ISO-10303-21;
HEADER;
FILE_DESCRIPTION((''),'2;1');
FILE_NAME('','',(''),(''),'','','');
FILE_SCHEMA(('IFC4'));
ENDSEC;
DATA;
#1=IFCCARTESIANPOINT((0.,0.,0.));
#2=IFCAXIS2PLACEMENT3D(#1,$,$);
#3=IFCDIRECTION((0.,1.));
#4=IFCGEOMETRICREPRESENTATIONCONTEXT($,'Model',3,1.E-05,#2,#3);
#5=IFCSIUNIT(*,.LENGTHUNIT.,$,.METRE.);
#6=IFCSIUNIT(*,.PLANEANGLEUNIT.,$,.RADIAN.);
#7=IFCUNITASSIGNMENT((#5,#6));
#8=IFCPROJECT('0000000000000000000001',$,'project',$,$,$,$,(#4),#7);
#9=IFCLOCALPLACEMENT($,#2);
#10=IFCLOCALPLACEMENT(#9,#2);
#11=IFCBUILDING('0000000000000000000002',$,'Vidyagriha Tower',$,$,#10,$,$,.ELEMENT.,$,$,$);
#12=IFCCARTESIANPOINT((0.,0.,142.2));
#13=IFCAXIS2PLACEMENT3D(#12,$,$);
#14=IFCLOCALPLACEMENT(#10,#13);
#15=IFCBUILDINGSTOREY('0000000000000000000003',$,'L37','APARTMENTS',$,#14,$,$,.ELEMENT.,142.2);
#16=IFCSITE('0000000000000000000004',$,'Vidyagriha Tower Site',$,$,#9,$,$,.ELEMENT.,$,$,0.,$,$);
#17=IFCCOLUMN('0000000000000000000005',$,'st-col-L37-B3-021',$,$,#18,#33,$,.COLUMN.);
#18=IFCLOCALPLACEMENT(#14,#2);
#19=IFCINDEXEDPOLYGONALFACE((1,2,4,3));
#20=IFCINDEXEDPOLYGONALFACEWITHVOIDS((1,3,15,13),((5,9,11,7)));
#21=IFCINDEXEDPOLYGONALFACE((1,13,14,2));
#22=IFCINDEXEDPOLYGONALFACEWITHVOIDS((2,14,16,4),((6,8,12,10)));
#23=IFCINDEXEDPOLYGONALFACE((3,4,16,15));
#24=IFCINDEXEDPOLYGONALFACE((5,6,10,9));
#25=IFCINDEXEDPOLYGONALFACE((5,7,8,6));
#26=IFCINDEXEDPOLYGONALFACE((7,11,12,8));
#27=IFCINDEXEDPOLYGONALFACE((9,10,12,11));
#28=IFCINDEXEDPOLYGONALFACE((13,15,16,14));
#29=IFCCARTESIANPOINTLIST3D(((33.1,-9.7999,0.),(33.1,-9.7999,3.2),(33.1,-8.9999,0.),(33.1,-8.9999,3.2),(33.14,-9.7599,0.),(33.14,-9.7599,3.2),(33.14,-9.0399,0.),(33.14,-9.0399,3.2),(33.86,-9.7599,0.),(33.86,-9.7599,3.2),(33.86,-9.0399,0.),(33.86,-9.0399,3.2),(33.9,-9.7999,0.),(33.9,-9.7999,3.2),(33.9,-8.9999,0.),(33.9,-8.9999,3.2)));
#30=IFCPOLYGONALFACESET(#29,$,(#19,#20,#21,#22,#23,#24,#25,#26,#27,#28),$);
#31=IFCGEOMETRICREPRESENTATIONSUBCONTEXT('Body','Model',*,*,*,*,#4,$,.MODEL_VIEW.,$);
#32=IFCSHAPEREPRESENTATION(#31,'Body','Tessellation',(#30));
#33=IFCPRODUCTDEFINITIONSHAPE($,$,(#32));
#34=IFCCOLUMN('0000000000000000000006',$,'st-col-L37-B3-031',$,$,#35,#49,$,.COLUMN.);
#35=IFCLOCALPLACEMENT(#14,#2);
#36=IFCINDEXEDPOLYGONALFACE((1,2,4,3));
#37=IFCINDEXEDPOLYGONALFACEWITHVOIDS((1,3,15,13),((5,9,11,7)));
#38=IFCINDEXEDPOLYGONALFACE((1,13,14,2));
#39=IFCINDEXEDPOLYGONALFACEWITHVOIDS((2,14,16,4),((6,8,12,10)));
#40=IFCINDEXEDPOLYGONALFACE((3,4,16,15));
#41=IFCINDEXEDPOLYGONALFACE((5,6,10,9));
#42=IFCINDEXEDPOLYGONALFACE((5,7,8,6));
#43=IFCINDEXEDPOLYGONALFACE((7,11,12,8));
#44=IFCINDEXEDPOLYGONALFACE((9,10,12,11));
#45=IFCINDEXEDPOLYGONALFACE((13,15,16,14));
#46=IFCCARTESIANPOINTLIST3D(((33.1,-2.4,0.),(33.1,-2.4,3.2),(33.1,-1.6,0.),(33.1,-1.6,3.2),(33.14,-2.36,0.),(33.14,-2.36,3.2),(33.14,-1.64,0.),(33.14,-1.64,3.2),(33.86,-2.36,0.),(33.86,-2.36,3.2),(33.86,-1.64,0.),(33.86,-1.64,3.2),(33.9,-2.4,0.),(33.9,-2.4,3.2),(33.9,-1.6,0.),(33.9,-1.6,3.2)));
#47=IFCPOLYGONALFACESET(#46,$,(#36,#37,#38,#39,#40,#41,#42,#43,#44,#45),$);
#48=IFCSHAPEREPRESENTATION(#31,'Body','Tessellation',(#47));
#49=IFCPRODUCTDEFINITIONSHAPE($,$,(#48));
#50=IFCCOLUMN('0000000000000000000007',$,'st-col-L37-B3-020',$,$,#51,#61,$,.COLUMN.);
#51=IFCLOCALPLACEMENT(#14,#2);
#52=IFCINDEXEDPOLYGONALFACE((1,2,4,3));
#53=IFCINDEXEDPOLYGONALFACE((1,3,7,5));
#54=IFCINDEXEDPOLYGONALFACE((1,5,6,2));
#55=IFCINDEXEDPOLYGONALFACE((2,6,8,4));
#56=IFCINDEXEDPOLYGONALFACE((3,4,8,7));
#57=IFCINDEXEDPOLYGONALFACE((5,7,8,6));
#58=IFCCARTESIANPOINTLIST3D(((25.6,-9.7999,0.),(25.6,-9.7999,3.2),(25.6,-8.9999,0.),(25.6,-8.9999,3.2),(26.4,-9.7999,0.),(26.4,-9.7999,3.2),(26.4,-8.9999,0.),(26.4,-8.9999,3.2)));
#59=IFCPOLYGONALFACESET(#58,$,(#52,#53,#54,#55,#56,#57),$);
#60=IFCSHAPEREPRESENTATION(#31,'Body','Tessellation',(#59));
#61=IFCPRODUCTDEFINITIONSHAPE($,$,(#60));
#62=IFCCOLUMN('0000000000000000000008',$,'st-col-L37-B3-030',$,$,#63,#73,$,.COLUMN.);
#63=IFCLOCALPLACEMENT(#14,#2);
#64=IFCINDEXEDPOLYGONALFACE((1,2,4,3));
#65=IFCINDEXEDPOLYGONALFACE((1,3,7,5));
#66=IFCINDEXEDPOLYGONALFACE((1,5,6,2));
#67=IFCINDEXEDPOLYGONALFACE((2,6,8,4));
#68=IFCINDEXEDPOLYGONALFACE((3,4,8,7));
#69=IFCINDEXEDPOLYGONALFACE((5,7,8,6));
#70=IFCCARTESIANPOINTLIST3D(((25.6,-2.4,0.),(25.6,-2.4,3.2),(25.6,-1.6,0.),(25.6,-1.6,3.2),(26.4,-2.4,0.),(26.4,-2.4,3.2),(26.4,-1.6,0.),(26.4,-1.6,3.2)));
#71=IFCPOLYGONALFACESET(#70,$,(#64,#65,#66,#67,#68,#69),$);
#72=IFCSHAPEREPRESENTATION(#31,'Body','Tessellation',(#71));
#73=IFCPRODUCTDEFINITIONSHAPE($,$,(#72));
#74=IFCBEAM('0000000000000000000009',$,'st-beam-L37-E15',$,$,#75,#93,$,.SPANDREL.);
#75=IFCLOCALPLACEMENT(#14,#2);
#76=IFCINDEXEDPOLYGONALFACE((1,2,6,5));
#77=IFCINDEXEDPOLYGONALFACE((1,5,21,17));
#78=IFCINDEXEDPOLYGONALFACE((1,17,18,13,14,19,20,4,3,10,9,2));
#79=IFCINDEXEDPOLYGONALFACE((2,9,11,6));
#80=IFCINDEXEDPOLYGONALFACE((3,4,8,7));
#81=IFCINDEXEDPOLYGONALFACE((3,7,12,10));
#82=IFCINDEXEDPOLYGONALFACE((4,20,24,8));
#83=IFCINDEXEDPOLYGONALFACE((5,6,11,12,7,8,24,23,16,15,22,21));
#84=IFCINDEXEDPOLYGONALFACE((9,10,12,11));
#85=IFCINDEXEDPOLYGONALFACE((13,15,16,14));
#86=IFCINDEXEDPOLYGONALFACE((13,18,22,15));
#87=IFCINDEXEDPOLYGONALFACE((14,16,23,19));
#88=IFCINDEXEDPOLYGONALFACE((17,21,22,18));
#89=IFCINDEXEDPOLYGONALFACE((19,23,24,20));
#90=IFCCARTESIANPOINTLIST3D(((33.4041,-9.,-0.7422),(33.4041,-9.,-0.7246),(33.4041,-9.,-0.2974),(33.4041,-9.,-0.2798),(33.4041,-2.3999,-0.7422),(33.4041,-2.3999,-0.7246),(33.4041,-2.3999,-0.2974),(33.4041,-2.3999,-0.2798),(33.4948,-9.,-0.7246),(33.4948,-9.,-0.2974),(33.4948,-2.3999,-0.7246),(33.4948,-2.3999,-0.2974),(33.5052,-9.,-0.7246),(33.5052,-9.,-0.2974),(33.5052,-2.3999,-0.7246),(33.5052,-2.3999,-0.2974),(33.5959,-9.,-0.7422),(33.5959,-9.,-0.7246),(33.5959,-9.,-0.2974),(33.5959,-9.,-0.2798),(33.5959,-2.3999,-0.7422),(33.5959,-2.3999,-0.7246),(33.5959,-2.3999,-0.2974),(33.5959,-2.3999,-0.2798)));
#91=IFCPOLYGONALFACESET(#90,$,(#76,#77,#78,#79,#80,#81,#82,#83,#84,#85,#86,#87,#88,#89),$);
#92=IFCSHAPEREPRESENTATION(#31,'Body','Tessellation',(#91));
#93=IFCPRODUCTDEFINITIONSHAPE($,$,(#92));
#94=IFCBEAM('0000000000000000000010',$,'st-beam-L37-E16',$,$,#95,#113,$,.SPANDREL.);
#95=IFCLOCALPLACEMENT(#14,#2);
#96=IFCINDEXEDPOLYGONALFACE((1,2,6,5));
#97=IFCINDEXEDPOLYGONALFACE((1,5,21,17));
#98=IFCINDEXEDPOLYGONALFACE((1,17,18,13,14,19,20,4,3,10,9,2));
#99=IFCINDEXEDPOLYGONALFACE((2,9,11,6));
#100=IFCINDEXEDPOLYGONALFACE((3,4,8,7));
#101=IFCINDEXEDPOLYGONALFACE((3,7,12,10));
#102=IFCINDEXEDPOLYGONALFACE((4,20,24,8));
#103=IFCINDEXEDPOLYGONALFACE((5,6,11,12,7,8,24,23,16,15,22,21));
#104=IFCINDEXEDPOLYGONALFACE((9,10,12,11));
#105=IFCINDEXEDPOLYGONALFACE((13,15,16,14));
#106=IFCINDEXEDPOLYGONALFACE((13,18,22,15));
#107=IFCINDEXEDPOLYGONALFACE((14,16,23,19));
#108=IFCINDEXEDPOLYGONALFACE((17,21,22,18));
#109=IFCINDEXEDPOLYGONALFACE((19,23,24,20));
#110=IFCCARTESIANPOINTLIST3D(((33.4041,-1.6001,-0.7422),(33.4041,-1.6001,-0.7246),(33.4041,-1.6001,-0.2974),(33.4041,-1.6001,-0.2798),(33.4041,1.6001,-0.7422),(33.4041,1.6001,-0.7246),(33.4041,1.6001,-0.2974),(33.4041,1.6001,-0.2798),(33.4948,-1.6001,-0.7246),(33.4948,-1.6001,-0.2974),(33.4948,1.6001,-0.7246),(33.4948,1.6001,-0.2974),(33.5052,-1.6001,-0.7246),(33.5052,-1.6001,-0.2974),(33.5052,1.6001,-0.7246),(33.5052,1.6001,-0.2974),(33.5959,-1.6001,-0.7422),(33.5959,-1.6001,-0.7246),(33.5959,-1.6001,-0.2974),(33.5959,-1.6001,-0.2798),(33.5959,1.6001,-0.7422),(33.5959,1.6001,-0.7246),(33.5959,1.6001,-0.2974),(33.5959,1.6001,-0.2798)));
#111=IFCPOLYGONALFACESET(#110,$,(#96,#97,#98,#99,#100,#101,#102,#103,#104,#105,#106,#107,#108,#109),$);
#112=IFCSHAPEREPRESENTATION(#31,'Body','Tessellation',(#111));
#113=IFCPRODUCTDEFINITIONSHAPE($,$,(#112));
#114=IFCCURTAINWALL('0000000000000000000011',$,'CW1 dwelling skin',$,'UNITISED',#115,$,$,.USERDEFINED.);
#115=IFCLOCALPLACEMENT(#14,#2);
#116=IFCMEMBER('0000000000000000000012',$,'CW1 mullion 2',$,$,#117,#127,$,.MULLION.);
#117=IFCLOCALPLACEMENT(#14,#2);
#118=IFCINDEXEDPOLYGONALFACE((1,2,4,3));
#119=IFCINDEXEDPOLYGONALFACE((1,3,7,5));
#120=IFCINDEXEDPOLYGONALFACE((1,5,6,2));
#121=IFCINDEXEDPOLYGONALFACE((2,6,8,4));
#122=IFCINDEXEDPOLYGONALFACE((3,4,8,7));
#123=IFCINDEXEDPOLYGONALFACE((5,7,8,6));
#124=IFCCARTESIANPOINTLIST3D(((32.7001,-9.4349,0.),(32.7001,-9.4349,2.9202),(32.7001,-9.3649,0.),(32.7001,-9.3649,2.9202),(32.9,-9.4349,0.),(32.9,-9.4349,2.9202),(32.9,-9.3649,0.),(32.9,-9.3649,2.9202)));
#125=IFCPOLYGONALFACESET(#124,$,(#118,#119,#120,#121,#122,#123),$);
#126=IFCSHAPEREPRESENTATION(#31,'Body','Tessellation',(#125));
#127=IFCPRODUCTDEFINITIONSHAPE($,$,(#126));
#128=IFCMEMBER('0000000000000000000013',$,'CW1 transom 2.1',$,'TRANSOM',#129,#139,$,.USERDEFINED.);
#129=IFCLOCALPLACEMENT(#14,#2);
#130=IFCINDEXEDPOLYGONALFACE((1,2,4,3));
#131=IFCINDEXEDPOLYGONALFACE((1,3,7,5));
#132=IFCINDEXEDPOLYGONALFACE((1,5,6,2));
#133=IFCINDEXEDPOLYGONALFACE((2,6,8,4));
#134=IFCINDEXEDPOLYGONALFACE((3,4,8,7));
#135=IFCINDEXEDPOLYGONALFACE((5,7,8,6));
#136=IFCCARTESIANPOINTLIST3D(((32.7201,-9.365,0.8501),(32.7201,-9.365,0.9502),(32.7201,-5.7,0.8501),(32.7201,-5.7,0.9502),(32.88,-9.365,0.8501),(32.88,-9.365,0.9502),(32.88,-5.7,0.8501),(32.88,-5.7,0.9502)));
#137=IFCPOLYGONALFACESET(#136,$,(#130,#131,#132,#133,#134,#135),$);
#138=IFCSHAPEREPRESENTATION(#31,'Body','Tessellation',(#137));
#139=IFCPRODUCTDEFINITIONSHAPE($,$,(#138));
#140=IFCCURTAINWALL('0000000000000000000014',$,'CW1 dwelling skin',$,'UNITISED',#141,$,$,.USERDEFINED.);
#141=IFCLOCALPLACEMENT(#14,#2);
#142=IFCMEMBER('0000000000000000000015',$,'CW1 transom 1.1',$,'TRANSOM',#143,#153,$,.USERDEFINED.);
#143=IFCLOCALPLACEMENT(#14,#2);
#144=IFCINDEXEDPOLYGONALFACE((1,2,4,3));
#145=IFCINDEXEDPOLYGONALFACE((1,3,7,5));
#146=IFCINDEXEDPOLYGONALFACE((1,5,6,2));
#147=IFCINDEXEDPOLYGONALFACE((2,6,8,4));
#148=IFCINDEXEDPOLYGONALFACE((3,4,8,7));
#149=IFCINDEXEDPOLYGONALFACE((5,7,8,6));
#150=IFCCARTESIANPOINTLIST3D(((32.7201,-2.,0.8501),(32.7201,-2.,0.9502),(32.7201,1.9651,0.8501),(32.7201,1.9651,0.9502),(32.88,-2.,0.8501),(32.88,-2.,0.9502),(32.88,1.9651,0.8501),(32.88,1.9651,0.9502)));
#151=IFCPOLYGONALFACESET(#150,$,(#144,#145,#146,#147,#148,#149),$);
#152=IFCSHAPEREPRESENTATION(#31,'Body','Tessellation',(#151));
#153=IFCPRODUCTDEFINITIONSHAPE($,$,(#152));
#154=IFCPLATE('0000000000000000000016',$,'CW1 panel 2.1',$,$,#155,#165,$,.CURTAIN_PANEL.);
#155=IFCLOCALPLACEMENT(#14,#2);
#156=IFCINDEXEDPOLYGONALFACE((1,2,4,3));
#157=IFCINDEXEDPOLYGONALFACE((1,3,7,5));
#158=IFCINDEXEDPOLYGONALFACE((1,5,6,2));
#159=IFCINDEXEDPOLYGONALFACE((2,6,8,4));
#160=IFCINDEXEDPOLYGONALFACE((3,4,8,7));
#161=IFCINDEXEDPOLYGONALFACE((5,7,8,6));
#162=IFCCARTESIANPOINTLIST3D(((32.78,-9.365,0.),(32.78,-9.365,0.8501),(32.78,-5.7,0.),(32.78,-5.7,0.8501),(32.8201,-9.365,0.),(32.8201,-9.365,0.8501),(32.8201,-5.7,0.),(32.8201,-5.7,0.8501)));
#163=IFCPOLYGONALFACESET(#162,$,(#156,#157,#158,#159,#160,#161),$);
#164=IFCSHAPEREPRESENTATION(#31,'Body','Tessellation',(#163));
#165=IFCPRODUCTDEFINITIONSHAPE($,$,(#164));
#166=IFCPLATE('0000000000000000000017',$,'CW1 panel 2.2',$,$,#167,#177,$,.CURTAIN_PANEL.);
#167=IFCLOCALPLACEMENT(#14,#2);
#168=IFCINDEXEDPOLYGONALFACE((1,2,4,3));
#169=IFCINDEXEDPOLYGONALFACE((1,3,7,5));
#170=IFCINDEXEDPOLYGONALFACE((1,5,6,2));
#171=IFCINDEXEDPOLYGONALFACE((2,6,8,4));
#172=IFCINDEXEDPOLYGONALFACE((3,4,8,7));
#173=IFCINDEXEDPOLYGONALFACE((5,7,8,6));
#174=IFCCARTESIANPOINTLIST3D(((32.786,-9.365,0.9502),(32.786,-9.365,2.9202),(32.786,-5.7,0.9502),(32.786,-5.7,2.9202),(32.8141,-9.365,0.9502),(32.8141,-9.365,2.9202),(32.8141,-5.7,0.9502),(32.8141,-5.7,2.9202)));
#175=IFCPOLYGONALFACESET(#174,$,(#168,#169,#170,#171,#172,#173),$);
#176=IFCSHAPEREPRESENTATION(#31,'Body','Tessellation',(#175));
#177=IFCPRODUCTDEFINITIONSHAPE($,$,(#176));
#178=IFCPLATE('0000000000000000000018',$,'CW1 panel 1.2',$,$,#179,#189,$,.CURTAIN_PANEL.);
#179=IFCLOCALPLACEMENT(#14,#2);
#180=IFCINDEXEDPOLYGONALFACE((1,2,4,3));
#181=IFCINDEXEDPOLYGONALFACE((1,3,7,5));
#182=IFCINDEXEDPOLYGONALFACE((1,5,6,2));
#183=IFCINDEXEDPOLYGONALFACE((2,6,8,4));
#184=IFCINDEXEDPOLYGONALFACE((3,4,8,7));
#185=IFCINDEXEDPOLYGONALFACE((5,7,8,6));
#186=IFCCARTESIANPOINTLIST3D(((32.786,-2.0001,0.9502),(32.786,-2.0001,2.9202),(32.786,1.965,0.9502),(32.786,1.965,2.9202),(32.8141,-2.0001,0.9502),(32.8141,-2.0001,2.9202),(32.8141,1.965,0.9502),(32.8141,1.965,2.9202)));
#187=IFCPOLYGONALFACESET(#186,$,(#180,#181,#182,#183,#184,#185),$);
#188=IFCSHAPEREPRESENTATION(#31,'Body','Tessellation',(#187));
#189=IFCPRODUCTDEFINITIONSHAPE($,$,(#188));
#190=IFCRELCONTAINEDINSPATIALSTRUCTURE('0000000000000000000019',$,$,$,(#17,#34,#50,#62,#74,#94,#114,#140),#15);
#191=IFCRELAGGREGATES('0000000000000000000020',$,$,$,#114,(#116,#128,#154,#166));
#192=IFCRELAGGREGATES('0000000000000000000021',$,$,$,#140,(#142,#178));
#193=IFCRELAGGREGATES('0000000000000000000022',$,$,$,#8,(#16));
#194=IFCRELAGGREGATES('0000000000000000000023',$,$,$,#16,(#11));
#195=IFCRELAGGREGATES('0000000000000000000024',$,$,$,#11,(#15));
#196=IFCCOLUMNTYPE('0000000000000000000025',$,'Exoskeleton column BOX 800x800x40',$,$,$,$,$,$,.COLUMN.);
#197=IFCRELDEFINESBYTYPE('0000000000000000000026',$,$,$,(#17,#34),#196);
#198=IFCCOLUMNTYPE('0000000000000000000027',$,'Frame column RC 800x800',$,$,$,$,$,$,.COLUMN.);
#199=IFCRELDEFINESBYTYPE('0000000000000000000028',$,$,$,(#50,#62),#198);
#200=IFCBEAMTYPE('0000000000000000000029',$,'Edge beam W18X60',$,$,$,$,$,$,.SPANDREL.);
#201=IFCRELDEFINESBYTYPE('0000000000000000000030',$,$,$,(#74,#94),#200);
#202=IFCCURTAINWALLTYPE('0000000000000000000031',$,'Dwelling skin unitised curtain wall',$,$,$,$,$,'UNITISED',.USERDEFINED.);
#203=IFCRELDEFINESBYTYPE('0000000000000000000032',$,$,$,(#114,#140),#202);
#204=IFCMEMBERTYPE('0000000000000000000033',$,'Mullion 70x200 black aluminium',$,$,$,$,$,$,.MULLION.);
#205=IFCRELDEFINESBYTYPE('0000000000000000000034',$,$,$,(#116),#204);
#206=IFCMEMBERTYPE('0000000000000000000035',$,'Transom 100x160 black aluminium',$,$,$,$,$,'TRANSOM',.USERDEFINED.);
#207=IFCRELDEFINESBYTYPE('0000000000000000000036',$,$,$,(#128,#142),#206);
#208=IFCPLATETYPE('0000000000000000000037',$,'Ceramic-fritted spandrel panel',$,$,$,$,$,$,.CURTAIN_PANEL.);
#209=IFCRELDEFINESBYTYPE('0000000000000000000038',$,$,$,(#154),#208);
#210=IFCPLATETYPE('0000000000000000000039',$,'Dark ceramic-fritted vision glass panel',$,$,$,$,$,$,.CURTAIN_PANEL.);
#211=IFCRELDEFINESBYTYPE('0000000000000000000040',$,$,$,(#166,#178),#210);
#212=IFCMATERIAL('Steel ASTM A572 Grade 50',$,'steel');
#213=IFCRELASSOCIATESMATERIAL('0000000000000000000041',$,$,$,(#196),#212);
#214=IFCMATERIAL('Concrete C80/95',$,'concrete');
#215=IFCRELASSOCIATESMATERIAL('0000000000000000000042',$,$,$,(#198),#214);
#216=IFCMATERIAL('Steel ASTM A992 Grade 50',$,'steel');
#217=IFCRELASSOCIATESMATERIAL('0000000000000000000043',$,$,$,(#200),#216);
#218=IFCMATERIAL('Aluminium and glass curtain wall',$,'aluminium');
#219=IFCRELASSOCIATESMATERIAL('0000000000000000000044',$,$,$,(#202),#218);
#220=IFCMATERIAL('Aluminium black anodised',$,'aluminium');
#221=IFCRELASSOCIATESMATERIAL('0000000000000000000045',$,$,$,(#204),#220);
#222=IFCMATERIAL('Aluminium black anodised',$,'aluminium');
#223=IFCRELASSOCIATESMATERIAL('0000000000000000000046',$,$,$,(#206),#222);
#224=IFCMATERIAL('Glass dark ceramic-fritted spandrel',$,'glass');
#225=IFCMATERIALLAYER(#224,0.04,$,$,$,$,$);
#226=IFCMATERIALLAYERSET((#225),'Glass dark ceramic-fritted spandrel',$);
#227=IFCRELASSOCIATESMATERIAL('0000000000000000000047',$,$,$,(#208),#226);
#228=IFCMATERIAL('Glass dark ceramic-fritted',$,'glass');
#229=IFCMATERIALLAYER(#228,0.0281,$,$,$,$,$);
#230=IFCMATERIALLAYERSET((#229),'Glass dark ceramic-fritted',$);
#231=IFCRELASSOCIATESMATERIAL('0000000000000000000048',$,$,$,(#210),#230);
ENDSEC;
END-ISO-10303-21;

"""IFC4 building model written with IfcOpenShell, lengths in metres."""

from ifc_helpers import new_model, si_unit, direction, frame, origin, origin_2d, place, context, subcontext, project, spatial, rectangle, hollow_rectangle, i_section, extrude, material, layer, layer_set, material_profile, profile_set, type_object, element, aggregate, save


model = new_model("IFC4")

# Units and contexts
model_context = context("Model", 3, precision=1e-05, world=origin(), true_north=direction((0.0, 1.0)))
body_context = subcontext(model_context, "Body", "Model", "MODEL_VIEW")
ifc_project = project(units=[si_unit("LENGTHUNIT", "METRE"), si_unit("PLANEANGLEUNIT", "RADIAN")], contexts=[model_context])

# Site, building, storey
site_placement = place(None, origin())
site = spatial("IfcSite", under=ifc_project, at=site_placement, Name="Vidyagriha Tower Site", CompositionType="ELEMENT", RefElevation=0.0)
building_placement = place(site_placement, origin())
building = spatial("IfcBuilding", under=site, at=building_placement, Name="Vidyagriha Tower", CompositionType="ELEMENT")
storey_placement = place(building_placement, frame((0.0, 0.0, 142.2)))
storey = spatial("IfcBuildingStorey", under=building, at=storey_placement, Name="L37", Description="APARTMENTS", CompositionType="ELEMENT", Elevation=142.2)

# Columns
ifc_material_1 = material(Name="Steel ASTM A572 Grade 50", Category="steel")
ifc_material_profile_1 = material_profile(ifc_material_1, hollow_rectangle(XDim=0.8, YDim=0.8, WallThickness=0.04, at=origin_2d()), Name="BOX 800x800x40")
ifc_profile_set_1 = profile_set([ifc_material_profile_1], Name="Steel ASTM A572 Grade 50")
column_type_1 = type_object("IfcColumnType", Name="Exoskeleton column BOX 800x800x40", PredefinedType="COLUMN", material=ifc_profile_set_1)
for number, where, name in (
    (1, (33.5, -9.3999, 0.0), "st-col-L37-B3-021"),
    (2, (33.5, -2.0, 0.0), "st-col-L37-B3-031"),
):
    element("IfcColumn", number, at=place(storey_placement, frame(where)), inside=storey, type_object=column_type_1, Name=name, PredefinedType="COLUMN", context=body_context, shape_type="SweptSolid", body=[
        extrude(hollow_rectangle(XDim=0.8, YDim=0.8, WallThickness=0.04, at=origin_2d()), origin(), (0.0, 0.0, 1.0), 3.2),
    ])
ifc_material_2 = material(Name="Concrete C80/95", Category="concrete")
ifc_material_profile_2 = material_profile(ifc_material_2, rectangle(XDim=0.8, YDim=0.8, at=origin_2d()), Name="RC 800x800")
ifc_profile_set_2 = profile_set([ifc_material_profile_2], Name="Concrete C80/95")
column_type_2 = type_object("IfcColumnType", Name="Frame column RC 800x800", PredefinedType="COLUMN", material=ifc_profile_set_2)
for number, where, name in (
    (3, (26.0, -9.3999, 0.0), "st-col-L37-B3-020"),
    (4, (26.0, -2.0, 0.0), "st-col-L37-B3-030"),
):
    element("IfcColumn", number, at=place(storey_placement, frame(where)), inside=storey, type_object=column_type_2, Name=name, PredefinedType="COLUMN", context=body_context, shape_type="SweptSolid", body=[
        extrude(rectangle(XDim=0.8, YDim=0.8, at=origin_2d()), origin(), (0.0, 0.0, 1.0), 3.2),
    ])

# Beams
ifc_material_3 = material(Name="Steel ASTM A992 Grade 50", Category="steel")
ifc_material_profile_3 = material_profile(ifc_material_3, i_section(OverallWidth=0.1919, OverallDepth=0.4624, WebThickness=0.0105, FlangeThickness=0.0176, at=origin_2d()), Name="W18X60")
ifc_profile_set_3 = profile_set([ifc_material_profile_3], Name="Steel ASTM A992 Grade 50")
beam_type = type_object("IfcBeamType", Name="Edge beam W18X60", PredefinedType="SPANDREL", material=ifc_profile_set_3)
beam_1_placement = place(storey_placement, frame((33.5, -9.0, -0.511), z_axis=(0.0, 1.0, 0.0), x_axis=(-1.0, 0.0, 0.0)))
element("IfcBeam", 5, at=beam_1_placement, inside=storey, type_object=beam_type, Name="st-beam-L37-E15", PredefinedType="SPANDREL", context=body_context, shape_type="SweptSolid", body=[
    extrude(i_section(OverallWidth=0.1919, OverallDepth=0.4624, WebThickness=0.0105, FlangeThickness=0.0176, at=origin_2d()), origin(), (0.0, 0.0, 1.0), 6.6001),
])
beam_2_placement = place(storey_placement, frame((33.5, -1.6001, -0.511), z_axis=(0.0, 1.0, 0.0), x_axis=(-1.0, 0.0, 0.0)))
element("IfcBeam", 6, at=beam_2_placement, inside=storey, type_object=beam_type, Name="st-beam-L37-E16", PredefinedType="SPANDREL", context=body_context, shape_type="SweptSolid", body=[
    extrude(i_section(OverallWidth=0.1919, OverallDepth=0.4624, WebThickness=0.0105, FlangeThickness=0.0176, at=origin_2d()), origin(), (0.0, 0.0, 1.0), 3.2002),
])

# Curtain wall, members
ifc_material_4 = material(Name="Aluminium and glass curtain wall", Category="aluminium")
curtain_wall_type = type_object("IfcCurtainWallType", Name="Dwelling skin unitised curtain wall", ElementType="UNITISED", PredefinedType="USERDEFINED", material=ifc_material_4)
curtain_wall_1_placement = place(storey_placement, origin())
curtain_wall_1 = element("IfcCurtainWall", 7, at=curtain_wall_1_placement, inside=storey, type_object=curtain_wall_type, Name="CW1 dwelling skin", ObjectType="UNITISED", PredefinedType="USERDEFINED")
ifc_material_5 = material(Name="Aluminium black anodised", Category="aluminium")
ifc_material_profile_4 = material_profile(ifc_material_5, rectangle(XDim=0.2, YDim=0.0701, at=origin_2d()), Name="Mullion 70x200 black aluminium")
ifc_profile_set_4 = profile_set([ifc_material_profile_4], Name="Aluminium black anodised")
member_type_1 = type_object("IfcMemberType", Name="Mullion 70x200 black aluminium", PredefinedType="MULLION", material=ifc_profile_set_4)
member_1_placement = place(storey_placement, frame((32.8, -9.3999, 0.0), z_axis=(0.0, 0.0, 1.0), x_axis=(-1.0, 0.0, 0.0)))
member_1 = element("IfcMember", 8, at=member_1_placement, type_object=member_type_1, Name="CW1 mullion 2", PredefinedType="MULLION", context=body_context, shape_type="SweptSolid", body=[
    extrude(rectangle(XDim=0.2, YDim=0.0701, at=origin_2d()), origin(), (0.0, 0.0, 1.0), 2.9202),
])
ifc_material_6 = material(Name="Aluminium black anodised", Category="aluminium")
ifc_material_profile_5 = material_profile(ifc_material_6, rectangle(XDim=0.1599, YDim=0.1001, at=origin_2d()), Name="Transom 100x160 black aluminium")
ifc_profile_set_5 = profile_set([ifc_material_profile_5], Name="Aluminium black anodised")
member_type_2 = type_object("IfcMemberType", Name="Transom 100x160 black aluminium", ElementType="TRANSOM", PredefinedType="USERDEFINED", material=ifc_profile_set_5)
member_2_placement = place(storey_placement, frame((32.8, -9.365, 0.9001), z_axis=(0.0, 1.0, 0.0), x_axis=(-1.0, 0.0, 0.0)))
member_2 = element("IfcMember", 9, at=member_2_placement, type_object=member_type_2, Name="CW1 transom 2.1", ObjectType="TRANSOM", PredefinedType="USERDEFINED", context=body_context, shape_type="SweptSolid", body=[
    extrude(rectangle(XDim=0.1599, YDim=0.1001, at=origin_2d()), origin(), (0.0, 0.0, 1.0), 3.665),
])

# Curtain wall, member
curtain_wall_2_placement = place(storey_placement, origin())
curtain_wall_2 = element("IfcCurtainWall", 10, at=curtain_wall_2_placement, inside=storey, type_object=curtain_wall_type, Name="CW1 dwelling skin", ObjectType="UNITISED", PredefinedType="USERDEFINED")
member_3_placement = place(storey_placement, frame((32.8, -2.0, 0.9001), z_axis=(0.0, 1.0, 0.0), x_axis=(-1.0, 0.0, 0.0)))
member_3 = element("IfcMember", 11, at=member_3_placement, type_object=member_type_2, Name="CW1 transom 1.1", ObjectType="TRANSOM", PredefinedType="USERDEFINED", context=body_context, shape_type="SweptSolid", body=[
    extrude(rectangle(XDim=0.1599, YDim=0.1001, at=origin_2d()), origin(), (0.0, 0.0, 1.0), 3.9651),
])

# Plates
ifc_material_7 = material(Name="Glass dark ceramic-fritted spandrel", Category="glass")
ifc_layer_1 = layer(ifc_material_7, 0.04)
ifc_layer_set_1 = layer_set([ifc_layer_1], Name="Glass dark ceramic-fritted spandrel")
plate_type_1 = type_object("IfcPlateType", Name="Ceramic-fritted spandrel panel", PredefinedType="CURTAIN_PANEL", material=ifc_layer_set_1)
plate_1_placement = place(storey_placement, frame((32.8, -7.5325, 0.0), z_axis=(0.0, 0.0, 1.0), x_axis=(0.0, 1.0, 0.0)))
plate_1 = element("IfcPlate", 12, at=plate_1_placement, type_object=plate_type_1, Name="CW1 panel 2.1", PredefinedType="CURTAIN_PANEL", context=body_context, shape_type="SweptSolid", body=[
    extrude(rectangle(XDim=3.665, YDim=0.04, at=origin_2d()), origin(), (0.0, 0.0, 1.0), 0.8501),
])
ifc_material_8 = material(Name="Glass dark ceramic-fritted", Category="glass")
ifc_layer_2 = layer(ifc_material_8, 0.0281)
ifc_layer_set_2 = layer_set([ifc_layer_2], Name="Glass dark ceramic-fritted")
plate_type_2 = type_object("IfcPlateType", Name="Dark ceramic-fritted vision glass panel", PredefinedType="CURTAIN_PANEL", material=ifc_layer_set_2)
plate_2_placement = place(storey_placement, frame((32.8, -7.5325, 0.9502), z_axis=(0.0, 0.0, 1.0), x_axis=(0.0, 1.0, 0.0)))
plate_2 = element("IfcPlate", 13, at=plate_2_placement, type_object=plate_type_2, Name="CW1 panel 2.2", PredefinedType="CURTAIN_PANEL", context=body_context, shape_type="SweptSolid", body=[
    extrude(rectangle(XDim=3.665, YDim=0.0281, at=origin_2d()), origin(), (0.0, 0.0, 1.0), 1.97),
])
aggregate(curtain_wall_1, [member_1, member_2, plate_1, plate_2])
plate_3_placement = place(storey_placement, frame((32.8, -0.0176, 0.9502), z_axis=(0.0, 0.0, 1.0), x_axis=(0.0, 1.0, 0.0)))
plate_3 = element("IfcPlate", 14, at=plate_3_placement, type_object=plate_type_2, Name="CW1 panel 1.2", PredefinedType="CURTAIN_PANEL", context=body_context, shape_type="SweptSolid", body=[
    extrude(rectangle(XDim=3.9651, YDim=0.0281, at=origin_2d()), origin(), (0.0, 0.0, 1.0), 1.97),
])
aggregate(curtain_wall_2, [member_3, plate_3])

save(model, "model.ifc")
